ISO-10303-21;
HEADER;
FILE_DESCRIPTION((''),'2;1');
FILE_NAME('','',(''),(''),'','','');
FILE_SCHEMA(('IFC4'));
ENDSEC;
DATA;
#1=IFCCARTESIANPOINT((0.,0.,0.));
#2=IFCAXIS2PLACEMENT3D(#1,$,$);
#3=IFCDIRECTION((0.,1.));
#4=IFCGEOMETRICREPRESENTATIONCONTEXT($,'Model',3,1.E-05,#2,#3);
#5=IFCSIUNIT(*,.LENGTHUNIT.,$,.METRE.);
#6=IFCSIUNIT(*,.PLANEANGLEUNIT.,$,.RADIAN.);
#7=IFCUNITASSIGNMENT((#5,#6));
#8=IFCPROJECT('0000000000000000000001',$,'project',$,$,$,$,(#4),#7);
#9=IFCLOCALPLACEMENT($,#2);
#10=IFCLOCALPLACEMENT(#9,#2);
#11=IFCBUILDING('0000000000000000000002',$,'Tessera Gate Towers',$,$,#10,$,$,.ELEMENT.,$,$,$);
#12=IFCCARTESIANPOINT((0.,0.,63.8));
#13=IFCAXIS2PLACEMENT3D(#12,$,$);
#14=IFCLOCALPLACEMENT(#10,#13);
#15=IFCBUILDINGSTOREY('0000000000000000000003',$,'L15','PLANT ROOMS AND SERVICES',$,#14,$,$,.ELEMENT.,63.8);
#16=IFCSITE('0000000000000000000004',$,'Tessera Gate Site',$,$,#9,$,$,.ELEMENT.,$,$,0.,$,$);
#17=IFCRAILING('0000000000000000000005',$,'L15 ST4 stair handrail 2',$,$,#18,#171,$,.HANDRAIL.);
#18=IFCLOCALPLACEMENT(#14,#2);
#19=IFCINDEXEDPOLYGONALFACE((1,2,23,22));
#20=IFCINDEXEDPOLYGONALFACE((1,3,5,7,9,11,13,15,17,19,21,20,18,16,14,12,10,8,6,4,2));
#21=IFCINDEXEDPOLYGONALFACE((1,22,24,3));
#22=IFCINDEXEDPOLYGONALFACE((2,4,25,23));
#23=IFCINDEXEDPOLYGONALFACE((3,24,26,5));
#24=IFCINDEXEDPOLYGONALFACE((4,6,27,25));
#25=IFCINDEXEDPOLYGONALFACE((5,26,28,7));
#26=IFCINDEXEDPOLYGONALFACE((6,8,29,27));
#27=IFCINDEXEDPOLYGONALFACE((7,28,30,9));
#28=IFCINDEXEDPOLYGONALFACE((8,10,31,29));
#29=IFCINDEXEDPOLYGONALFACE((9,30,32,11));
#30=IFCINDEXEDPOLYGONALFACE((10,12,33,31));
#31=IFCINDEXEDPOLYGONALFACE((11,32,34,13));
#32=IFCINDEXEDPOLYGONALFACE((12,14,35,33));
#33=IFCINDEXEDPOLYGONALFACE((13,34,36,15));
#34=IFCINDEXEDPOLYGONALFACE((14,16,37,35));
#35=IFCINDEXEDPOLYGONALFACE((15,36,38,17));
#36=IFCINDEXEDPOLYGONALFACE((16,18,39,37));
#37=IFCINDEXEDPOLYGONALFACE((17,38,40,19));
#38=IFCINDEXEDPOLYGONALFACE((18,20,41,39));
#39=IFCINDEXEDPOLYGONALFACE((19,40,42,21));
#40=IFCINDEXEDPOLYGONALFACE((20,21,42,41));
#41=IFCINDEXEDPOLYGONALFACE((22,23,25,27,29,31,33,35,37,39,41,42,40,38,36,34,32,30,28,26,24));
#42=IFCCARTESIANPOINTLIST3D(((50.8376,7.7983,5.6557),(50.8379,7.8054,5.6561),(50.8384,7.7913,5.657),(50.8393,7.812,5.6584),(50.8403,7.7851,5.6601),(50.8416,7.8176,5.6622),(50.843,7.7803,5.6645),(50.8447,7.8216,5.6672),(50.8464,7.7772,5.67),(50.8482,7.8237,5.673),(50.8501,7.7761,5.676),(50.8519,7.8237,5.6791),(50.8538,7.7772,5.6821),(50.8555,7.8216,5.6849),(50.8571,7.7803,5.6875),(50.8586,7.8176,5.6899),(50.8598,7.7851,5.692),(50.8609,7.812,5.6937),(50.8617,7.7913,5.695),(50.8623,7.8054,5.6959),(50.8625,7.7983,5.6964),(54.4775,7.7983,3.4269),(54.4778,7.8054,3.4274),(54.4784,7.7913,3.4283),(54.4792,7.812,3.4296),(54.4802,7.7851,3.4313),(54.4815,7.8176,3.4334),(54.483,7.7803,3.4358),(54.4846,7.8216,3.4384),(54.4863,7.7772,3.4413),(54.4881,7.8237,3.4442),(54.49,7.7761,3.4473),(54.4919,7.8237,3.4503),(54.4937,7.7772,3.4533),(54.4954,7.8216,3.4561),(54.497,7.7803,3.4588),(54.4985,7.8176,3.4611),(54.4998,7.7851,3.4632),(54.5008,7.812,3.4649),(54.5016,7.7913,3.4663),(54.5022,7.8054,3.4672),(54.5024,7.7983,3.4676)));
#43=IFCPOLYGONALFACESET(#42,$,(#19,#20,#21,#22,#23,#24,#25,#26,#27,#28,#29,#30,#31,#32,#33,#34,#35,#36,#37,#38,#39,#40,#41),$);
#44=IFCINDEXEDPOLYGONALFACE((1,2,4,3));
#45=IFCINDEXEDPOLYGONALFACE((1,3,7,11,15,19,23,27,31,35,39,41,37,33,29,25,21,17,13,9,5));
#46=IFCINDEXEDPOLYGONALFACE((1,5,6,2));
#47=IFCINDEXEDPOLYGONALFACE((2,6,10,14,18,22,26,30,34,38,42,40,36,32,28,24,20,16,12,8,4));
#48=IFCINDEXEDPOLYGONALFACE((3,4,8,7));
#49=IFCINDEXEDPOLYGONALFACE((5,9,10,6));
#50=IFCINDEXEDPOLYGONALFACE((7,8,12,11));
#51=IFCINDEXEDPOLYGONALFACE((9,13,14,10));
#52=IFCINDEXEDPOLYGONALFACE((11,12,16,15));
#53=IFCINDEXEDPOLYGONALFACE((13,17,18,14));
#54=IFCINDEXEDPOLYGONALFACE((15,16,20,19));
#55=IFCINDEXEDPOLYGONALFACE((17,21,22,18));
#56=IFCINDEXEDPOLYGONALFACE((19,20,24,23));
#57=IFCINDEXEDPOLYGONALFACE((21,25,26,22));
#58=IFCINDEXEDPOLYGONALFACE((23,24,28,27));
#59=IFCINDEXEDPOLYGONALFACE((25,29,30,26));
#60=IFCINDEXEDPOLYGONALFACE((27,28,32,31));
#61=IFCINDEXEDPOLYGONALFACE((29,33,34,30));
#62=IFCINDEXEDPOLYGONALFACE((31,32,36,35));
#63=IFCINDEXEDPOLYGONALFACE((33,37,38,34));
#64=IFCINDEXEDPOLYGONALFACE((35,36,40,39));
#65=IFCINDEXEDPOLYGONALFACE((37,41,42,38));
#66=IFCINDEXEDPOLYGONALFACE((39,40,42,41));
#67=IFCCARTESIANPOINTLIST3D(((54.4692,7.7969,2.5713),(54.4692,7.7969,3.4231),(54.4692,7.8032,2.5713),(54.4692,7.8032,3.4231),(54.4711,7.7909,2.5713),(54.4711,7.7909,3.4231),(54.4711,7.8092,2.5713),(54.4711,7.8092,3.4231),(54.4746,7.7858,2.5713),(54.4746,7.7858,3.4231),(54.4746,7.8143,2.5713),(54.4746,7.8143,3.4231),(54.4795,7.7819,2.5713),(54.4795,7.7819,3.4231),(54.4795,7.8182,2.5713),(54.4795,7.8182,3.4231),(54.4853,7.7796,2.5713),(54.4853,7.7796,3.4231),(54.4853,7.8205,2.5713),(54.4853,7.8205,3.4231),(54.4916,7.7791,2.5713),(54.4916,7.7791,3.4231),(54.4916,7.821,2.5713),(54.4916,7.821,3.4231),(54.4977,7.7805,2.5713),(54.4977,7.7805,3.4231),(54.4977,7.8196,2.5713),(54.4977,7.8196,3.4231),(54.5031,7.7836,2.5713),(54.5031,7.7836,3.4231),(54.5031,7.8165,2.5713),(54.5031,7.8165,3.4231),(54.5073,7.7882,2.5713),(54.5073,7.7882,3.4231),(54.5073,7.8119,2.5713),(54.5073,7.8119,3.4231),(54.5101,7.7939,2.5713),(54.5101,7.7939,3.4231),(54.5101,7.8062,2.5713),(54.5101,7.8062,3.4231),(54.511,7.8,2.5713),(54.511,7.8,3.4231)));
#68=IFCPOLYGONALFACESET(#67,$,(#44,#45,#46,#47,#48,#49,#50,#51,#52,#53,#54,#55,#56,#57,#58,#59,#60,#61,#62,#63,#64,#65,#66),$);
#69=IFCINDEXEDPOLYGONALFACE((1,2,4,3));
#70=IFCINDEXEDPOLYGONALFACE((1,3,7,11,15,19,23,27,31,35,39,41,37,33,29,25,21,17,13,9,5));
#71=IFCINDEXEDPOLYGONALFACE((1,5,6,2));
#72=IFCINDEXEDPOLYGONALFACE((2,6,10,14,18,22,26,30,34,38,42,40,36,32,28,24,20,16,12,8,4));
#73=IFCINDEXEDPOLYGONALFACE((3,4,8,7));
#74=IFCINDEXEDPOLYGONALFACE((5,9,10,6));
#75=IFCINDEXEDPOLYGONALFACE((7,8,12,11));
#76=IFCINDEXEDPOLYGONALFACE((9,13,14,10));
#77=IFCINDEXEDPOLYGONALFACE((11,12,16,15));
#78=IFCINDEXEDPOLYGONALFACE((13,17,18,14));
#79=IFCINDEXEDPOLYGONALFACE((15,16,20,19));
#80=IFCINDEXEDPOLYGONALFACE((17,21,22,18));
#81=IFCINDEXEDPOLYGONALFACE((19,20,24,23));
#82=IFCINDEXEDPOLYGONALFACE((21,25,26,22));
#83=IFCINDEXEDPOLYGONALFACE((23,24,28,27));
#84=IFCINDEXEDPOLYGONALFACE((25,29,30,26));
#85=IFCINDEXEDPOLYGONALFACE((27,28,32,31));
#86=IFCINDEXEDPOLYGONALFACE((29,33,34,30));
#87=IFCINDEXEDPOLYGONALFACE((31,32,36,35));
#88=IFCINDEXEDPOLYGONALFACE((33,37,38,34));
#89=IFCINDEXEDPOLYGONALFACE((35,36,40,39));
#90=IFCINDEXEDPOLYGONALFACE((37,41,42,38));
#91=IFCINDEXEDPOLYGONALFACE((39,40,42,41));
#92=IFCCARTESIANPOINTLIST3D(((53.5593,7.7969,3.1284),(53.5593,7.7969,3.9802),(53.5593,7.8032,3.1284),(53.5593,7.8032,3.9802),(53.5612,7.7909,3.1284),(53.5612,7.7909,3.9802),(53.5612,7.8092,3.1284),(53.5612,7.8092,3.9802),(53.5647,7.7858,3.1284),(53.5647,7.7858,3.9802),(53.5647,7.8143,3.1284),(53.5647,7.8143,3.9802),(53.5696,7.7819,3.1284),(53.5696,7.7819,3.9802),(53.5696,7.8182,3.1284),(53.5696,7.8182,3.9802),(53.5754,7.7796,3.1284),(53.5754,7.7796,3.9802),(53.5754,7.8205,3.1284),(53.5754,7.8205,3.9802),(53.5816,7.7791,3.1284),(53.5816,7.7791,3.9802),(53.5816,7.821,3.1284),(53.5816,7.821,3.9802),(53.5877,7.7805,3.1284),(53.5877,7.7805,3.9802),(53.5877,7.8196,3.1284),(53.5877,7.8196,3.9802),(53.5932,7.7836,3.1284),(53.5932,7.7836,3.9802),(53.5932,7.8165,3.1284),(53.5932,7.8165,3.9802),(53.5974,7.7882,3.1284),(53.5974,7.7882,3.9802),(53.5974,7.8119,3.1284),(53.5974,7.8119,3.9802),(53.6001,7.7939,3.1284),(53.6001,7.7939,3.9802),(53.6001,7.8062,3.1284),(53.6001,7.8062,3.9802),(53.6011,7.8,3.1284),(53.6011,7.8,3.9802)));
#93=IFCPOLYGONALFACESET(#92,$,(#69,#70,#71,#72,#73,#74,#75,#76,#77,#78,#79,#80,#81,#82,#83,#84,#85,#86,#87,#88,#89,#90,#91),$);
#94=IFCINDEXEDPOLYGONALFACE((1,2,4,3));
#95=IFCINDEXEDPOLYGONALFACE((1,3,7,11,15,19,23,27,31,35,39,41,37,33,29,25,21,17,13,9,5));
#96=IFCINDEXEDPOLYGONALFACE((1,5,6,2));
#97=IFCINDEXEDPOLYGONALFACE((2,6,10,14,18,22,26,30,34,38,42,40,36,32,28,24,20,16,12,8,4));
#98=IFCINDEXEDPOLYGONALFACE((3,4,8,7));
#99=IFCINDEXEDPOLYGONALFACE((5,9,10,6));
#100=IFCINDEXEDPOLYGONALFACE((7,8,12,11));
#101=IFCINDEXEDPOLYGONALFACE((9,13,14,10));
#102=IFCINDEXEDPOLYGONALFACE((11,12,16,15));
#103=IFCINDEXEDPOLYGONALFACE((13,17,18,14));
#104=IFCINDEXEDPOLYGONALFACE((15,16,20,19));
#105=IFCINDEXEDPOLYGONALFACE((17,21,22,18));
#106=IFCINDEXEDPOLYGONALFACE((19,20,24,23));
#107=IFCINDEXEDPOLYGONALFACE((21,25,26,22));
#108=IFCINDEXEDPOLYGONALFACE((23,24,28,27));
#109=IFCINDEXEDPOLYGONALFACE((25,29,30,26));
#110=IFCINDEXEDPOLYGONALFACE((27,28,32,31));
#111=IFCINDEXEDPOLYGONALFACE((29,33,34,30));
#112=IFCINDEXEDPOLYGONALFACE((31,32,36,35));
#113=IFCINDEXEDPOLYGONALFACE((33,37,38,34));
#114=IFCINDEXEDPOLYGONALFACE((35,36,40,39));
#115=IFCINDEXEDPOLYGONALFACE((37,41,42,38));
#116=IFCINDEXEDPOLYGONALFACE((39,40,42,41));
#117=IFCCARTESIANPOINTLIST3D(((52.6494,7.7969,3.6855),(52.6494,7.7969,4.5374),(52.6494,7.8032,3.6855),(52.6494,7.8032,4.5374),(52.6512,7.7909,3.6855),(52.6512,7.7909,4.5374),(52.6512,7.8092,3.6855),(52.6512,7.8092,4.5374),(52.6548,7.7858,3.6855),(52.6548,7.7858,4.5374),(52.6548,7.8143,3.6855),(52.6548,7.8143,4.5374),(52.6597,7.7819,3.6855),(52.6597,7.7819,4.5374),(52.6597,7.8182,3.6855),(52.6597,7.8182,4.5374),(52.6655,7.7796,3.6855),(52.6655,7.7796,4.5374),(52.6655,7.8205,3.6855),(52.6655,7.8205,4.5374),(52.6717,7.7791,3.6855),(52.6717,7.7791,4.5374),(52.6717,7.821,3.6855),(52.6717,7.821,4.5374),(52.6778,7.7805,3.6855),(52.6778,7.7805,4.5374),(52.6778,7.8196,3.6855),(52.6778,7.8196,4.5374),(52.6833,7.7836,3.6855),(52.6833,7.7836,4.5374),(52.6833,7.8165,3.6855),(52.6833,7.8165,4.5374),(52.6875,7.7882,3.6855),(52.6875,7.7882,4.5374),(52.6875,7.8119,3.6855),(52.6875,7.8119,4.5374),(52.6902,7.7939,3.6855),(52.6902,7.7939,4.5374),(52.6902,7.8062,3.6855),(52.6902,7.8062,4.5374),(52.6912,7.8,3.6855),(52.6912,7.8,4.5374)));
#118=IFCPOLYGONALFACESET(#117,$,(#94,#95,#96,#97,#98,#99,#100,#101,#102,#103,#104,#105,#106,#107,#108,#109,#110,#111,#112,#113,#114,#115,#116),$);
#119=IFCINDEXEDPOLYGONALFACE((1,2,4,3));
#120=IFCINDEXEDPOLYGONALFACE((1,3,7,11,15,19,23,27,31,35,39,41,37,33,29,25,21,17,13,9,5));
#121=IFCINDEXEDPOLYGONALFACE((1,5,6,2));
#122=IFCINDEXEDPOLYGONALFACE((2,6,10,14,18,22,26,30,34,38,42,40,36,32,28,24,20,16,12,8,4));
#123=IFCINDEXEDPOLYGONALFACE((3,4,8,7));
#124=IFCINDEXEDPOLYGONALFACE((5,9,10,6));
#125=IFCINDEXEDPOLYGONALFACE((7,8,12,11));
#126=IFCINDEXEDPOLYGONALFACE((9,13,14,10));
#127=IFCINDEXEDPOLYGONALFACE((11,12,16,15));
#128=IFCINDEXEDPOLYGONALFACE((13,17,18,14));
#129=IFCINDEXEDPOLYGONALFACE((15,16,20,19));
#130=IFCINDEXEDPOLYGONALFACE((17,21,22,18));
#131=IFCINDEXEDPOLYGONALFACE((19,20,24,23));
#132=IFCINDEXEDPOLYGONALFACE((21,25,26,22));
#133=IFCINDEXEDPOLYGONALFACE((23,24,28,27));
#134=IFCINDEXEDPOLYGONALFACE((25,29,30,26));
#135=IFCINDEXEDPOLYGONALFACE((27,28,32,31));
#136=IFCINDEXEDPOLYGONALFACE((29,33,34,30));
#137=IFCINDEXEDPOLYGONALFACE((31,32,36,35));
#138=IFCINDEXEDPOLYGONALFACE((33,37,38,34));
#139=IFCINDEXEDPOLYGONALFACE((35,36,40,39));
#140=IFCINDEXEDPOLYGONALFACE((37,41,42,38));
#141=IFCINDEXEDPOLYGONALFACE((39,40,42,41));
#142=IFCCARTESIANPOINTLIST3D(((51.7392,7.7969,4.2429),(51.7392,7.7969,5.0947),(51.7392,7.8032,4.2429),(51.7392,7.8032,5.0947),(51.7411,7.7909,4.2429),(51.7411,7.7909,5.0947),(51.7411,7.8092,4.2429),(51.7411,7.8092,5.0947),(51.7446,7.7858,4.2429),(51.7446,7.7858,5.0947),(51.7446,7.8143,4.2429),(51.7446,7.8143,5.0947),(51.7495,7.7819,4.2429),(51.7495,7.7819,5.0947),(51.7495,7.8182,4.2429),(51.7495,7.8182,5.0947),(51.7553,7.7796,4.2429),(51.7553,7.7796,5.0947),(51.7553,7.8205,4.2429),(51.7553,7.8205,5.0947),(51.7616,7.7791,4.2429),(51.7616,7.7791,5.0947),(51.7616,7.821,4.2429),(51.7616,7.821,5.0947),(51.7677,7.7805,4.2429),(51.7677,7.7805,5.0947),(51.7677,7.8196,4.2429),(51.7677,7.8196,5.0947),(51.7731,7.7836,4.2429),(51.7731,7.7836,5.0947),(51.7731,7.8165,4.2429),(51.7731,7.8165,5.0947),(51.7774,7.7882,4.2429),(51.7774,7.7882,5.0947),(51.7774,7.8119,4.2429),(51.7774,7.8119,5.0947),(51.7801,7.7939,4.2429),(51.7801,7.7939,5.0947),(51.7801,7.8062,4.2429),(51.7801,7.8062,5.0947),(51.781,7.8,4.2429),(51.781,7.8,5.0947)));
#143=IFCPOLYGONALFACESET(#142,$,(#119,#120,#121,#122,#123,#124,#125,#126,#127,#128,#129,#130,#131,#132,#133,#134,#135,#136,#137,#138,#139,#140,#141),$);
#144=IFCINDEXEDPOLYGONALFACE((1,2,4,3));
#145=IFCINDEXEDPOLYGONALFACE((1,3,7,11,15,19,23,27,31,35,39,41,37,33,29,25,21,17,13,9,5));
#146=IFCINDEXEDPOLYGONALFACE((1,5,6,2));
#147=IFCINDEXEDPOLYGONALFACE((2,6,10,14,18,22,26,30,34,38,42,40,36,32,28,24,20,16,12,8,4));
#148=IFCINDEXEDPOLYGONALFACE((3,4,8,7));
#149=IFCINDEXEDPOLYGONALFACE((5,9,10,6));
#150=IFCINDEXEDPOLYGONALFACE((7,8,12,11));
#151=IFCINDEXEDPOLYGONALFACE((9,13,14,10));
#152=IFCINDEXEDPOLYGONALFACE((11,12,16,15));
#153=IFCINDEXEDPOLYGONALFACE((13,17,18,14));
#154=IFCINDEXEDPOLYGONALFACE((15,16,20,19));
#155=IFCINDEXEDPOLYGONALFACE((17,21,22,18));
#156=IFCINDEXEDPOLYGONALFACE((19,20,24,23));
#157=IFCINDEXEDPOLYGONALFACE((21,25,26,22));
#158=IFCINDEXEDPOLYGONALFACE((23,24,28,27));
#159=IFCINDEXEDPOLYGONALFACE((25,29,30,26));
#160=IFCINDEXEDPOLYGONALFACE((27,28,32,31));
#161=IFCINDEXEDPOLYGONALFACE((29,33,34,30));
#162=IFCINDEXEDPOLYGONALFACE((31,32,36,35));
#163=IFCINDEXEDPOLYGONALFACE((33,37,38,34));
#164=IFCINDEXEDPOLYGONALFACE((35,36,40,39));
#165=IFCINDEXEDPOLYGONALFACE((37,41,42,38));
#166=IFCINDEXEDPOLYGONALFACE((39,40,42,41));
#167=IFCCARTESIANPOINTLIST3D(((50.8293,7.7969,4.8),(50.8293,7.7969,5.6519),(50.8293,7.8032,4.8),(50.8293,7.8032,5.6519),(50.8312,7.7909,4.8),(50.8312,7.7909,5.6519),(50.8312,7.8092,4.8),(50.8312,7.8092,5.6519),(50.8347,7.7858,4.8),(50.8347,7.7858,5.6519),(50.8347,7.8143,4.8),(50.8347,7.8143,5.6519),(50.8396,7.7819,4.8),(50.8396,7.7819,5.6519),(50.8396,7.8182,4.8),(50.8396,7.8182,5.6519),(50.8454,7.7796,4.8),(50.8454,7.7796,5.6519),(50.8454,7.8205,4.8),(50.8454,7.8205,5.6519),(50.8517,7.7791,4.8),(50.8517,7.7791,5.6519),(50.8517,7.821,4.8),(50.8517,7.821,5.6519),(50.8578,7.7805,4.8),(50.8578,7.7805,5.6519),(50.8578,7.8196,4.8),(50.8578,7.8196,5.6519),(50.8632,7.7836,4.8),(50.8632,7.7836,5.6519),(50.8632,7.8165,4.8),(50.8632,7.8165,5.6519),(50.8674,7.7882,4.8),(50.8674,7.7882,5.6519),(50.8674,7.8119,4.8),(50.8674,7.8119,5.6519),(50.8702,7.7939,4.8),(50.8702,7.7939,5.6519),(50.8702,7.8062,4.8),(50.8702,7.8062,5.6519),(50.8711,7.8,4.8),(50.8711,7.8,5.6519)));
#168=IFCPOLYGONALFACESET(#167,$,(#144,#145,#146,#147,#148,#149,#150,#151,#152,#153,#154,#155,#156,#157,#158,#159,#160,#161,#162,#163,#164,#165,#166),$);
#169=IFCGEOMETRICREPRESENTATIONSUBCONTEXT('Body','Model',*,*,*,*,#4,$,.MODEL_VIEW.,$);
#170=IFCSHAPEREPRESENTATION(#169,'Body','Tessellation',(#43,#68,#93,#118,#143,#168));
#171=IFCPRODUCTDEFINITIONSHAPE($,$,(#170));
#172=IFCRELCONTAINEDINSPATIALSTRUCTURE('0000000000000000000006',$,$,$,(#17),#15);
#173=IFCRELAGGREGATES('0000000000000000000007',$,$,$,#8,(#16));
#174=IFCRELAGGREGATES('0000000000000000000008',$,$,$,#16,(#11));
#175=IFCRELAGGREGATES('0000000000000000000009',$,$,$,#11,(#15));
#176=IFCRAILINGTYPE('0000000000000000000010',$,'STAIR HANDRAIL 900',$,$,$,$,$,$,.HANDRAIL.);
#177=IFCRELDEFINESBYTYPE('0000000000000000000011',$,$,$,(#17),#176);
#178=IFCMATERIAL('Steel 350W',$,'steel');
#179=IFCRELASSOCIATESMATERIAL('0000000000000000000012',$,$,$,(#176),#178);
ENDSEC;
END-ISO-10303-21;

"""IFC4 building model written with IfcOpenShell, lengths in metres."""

from ifc_helpers import new_model, si_unit, direction, frame, origin, origin_2d, place, context, subcontext, project, spatial, circle, extrude, material, type_object, element, save


model = new_model("IFC4")

# Units and contexts
model_context = context("Model", 3, precision=1e-05, world=origin(), true_north=direction((0.0, 1.0)))
body_context = subcontext(model_context, "Body", "Model", "MODEL_VIEW")
ifc_project = project(units=[si_unit("LENGTHUNIT", "METRE"), si_unit("PLANEANGLEUNIT", "RADIAN")], contexts=[model_context])

# Site, building, storey
site_placement = place(None, origin())
site = spatial("IfcSite", under=ifc_project, at=site_placement, Name="Tessera Gate Site", CompositionType="ELEMENT", RefElevation=0.0)
building_placement = place(site_placement, origin())
building = spatial("IfcBuilding", under=site, at=building_placement, Name="Tessera Gate Towers", CompositionType="ELEMENT")
storey_placement = place(building_placement, frame((0.0, 0.0, 63.8)))
storey = spatial("IfcBuildingStorey", under=building, at=storey_placement, Name="L15", Description="PLANT ROOMS AND SERVICES", CompositionType="ELEMENT", Elevation=63.8)

# Railing
ifc_material_1 = material(Name="Steel 350W", Category="steel")
railing_type = type_object("IfcRailingType", Name="STAIR HANDRAIL 900", PredefinedType="HANDRAIL", material=ifc_material_1)
railing_placement = place(storey_placement, frame((54.49, 7.8, 2.5713)))
element("IfcRailing", 1, at=railing_placement, inside=storey, type_object=railing_type, Name="L15 ST4 stair handrail 2", PredefinedType="HANDRAIL", context=body_context, shape_type="SweptSolid", body=[
    extrude(circle(Radius=0.0239, at=origin_2d()), frame((0.0, 0.0, 0.876), z_axis=(-0.852825, 0.0, 0.522197), x_axis=(0.0, -1.0, 0.0)), (0.0, 0.0, 1.0), 4.2681),
    extrude(circle(Radius=0.021, at=origin_2d()), origin(), (0.0, 0.0, 1.0), 0.8518),
    extrude(circle(Radius=0.021, at=origin_2d()), frame((-0.9099, 0.0, 0.5571)), (0.0, 0.0, 1.0), 0.8518),
    extrude(circle(Radius=0.021, at=origin_2d()), frame((-1.8198, 0.0, 1.1143)), (0.0, 0.0, 1.0), 0.8518),
    extrude(circle(Radius=0.021, at=origin_2d()), frame((-2.73, 0.0, 1.6716)), (0.0, 0.0, 1.0), 0.8518),
    extrude(circle(Radius=0.021, at=origin_2d()), frame((-3.6399, 0.0, 2.2288)), (0.0, 0.0, 1.0), 0.8518),
])

save(model, "model.ifc")
